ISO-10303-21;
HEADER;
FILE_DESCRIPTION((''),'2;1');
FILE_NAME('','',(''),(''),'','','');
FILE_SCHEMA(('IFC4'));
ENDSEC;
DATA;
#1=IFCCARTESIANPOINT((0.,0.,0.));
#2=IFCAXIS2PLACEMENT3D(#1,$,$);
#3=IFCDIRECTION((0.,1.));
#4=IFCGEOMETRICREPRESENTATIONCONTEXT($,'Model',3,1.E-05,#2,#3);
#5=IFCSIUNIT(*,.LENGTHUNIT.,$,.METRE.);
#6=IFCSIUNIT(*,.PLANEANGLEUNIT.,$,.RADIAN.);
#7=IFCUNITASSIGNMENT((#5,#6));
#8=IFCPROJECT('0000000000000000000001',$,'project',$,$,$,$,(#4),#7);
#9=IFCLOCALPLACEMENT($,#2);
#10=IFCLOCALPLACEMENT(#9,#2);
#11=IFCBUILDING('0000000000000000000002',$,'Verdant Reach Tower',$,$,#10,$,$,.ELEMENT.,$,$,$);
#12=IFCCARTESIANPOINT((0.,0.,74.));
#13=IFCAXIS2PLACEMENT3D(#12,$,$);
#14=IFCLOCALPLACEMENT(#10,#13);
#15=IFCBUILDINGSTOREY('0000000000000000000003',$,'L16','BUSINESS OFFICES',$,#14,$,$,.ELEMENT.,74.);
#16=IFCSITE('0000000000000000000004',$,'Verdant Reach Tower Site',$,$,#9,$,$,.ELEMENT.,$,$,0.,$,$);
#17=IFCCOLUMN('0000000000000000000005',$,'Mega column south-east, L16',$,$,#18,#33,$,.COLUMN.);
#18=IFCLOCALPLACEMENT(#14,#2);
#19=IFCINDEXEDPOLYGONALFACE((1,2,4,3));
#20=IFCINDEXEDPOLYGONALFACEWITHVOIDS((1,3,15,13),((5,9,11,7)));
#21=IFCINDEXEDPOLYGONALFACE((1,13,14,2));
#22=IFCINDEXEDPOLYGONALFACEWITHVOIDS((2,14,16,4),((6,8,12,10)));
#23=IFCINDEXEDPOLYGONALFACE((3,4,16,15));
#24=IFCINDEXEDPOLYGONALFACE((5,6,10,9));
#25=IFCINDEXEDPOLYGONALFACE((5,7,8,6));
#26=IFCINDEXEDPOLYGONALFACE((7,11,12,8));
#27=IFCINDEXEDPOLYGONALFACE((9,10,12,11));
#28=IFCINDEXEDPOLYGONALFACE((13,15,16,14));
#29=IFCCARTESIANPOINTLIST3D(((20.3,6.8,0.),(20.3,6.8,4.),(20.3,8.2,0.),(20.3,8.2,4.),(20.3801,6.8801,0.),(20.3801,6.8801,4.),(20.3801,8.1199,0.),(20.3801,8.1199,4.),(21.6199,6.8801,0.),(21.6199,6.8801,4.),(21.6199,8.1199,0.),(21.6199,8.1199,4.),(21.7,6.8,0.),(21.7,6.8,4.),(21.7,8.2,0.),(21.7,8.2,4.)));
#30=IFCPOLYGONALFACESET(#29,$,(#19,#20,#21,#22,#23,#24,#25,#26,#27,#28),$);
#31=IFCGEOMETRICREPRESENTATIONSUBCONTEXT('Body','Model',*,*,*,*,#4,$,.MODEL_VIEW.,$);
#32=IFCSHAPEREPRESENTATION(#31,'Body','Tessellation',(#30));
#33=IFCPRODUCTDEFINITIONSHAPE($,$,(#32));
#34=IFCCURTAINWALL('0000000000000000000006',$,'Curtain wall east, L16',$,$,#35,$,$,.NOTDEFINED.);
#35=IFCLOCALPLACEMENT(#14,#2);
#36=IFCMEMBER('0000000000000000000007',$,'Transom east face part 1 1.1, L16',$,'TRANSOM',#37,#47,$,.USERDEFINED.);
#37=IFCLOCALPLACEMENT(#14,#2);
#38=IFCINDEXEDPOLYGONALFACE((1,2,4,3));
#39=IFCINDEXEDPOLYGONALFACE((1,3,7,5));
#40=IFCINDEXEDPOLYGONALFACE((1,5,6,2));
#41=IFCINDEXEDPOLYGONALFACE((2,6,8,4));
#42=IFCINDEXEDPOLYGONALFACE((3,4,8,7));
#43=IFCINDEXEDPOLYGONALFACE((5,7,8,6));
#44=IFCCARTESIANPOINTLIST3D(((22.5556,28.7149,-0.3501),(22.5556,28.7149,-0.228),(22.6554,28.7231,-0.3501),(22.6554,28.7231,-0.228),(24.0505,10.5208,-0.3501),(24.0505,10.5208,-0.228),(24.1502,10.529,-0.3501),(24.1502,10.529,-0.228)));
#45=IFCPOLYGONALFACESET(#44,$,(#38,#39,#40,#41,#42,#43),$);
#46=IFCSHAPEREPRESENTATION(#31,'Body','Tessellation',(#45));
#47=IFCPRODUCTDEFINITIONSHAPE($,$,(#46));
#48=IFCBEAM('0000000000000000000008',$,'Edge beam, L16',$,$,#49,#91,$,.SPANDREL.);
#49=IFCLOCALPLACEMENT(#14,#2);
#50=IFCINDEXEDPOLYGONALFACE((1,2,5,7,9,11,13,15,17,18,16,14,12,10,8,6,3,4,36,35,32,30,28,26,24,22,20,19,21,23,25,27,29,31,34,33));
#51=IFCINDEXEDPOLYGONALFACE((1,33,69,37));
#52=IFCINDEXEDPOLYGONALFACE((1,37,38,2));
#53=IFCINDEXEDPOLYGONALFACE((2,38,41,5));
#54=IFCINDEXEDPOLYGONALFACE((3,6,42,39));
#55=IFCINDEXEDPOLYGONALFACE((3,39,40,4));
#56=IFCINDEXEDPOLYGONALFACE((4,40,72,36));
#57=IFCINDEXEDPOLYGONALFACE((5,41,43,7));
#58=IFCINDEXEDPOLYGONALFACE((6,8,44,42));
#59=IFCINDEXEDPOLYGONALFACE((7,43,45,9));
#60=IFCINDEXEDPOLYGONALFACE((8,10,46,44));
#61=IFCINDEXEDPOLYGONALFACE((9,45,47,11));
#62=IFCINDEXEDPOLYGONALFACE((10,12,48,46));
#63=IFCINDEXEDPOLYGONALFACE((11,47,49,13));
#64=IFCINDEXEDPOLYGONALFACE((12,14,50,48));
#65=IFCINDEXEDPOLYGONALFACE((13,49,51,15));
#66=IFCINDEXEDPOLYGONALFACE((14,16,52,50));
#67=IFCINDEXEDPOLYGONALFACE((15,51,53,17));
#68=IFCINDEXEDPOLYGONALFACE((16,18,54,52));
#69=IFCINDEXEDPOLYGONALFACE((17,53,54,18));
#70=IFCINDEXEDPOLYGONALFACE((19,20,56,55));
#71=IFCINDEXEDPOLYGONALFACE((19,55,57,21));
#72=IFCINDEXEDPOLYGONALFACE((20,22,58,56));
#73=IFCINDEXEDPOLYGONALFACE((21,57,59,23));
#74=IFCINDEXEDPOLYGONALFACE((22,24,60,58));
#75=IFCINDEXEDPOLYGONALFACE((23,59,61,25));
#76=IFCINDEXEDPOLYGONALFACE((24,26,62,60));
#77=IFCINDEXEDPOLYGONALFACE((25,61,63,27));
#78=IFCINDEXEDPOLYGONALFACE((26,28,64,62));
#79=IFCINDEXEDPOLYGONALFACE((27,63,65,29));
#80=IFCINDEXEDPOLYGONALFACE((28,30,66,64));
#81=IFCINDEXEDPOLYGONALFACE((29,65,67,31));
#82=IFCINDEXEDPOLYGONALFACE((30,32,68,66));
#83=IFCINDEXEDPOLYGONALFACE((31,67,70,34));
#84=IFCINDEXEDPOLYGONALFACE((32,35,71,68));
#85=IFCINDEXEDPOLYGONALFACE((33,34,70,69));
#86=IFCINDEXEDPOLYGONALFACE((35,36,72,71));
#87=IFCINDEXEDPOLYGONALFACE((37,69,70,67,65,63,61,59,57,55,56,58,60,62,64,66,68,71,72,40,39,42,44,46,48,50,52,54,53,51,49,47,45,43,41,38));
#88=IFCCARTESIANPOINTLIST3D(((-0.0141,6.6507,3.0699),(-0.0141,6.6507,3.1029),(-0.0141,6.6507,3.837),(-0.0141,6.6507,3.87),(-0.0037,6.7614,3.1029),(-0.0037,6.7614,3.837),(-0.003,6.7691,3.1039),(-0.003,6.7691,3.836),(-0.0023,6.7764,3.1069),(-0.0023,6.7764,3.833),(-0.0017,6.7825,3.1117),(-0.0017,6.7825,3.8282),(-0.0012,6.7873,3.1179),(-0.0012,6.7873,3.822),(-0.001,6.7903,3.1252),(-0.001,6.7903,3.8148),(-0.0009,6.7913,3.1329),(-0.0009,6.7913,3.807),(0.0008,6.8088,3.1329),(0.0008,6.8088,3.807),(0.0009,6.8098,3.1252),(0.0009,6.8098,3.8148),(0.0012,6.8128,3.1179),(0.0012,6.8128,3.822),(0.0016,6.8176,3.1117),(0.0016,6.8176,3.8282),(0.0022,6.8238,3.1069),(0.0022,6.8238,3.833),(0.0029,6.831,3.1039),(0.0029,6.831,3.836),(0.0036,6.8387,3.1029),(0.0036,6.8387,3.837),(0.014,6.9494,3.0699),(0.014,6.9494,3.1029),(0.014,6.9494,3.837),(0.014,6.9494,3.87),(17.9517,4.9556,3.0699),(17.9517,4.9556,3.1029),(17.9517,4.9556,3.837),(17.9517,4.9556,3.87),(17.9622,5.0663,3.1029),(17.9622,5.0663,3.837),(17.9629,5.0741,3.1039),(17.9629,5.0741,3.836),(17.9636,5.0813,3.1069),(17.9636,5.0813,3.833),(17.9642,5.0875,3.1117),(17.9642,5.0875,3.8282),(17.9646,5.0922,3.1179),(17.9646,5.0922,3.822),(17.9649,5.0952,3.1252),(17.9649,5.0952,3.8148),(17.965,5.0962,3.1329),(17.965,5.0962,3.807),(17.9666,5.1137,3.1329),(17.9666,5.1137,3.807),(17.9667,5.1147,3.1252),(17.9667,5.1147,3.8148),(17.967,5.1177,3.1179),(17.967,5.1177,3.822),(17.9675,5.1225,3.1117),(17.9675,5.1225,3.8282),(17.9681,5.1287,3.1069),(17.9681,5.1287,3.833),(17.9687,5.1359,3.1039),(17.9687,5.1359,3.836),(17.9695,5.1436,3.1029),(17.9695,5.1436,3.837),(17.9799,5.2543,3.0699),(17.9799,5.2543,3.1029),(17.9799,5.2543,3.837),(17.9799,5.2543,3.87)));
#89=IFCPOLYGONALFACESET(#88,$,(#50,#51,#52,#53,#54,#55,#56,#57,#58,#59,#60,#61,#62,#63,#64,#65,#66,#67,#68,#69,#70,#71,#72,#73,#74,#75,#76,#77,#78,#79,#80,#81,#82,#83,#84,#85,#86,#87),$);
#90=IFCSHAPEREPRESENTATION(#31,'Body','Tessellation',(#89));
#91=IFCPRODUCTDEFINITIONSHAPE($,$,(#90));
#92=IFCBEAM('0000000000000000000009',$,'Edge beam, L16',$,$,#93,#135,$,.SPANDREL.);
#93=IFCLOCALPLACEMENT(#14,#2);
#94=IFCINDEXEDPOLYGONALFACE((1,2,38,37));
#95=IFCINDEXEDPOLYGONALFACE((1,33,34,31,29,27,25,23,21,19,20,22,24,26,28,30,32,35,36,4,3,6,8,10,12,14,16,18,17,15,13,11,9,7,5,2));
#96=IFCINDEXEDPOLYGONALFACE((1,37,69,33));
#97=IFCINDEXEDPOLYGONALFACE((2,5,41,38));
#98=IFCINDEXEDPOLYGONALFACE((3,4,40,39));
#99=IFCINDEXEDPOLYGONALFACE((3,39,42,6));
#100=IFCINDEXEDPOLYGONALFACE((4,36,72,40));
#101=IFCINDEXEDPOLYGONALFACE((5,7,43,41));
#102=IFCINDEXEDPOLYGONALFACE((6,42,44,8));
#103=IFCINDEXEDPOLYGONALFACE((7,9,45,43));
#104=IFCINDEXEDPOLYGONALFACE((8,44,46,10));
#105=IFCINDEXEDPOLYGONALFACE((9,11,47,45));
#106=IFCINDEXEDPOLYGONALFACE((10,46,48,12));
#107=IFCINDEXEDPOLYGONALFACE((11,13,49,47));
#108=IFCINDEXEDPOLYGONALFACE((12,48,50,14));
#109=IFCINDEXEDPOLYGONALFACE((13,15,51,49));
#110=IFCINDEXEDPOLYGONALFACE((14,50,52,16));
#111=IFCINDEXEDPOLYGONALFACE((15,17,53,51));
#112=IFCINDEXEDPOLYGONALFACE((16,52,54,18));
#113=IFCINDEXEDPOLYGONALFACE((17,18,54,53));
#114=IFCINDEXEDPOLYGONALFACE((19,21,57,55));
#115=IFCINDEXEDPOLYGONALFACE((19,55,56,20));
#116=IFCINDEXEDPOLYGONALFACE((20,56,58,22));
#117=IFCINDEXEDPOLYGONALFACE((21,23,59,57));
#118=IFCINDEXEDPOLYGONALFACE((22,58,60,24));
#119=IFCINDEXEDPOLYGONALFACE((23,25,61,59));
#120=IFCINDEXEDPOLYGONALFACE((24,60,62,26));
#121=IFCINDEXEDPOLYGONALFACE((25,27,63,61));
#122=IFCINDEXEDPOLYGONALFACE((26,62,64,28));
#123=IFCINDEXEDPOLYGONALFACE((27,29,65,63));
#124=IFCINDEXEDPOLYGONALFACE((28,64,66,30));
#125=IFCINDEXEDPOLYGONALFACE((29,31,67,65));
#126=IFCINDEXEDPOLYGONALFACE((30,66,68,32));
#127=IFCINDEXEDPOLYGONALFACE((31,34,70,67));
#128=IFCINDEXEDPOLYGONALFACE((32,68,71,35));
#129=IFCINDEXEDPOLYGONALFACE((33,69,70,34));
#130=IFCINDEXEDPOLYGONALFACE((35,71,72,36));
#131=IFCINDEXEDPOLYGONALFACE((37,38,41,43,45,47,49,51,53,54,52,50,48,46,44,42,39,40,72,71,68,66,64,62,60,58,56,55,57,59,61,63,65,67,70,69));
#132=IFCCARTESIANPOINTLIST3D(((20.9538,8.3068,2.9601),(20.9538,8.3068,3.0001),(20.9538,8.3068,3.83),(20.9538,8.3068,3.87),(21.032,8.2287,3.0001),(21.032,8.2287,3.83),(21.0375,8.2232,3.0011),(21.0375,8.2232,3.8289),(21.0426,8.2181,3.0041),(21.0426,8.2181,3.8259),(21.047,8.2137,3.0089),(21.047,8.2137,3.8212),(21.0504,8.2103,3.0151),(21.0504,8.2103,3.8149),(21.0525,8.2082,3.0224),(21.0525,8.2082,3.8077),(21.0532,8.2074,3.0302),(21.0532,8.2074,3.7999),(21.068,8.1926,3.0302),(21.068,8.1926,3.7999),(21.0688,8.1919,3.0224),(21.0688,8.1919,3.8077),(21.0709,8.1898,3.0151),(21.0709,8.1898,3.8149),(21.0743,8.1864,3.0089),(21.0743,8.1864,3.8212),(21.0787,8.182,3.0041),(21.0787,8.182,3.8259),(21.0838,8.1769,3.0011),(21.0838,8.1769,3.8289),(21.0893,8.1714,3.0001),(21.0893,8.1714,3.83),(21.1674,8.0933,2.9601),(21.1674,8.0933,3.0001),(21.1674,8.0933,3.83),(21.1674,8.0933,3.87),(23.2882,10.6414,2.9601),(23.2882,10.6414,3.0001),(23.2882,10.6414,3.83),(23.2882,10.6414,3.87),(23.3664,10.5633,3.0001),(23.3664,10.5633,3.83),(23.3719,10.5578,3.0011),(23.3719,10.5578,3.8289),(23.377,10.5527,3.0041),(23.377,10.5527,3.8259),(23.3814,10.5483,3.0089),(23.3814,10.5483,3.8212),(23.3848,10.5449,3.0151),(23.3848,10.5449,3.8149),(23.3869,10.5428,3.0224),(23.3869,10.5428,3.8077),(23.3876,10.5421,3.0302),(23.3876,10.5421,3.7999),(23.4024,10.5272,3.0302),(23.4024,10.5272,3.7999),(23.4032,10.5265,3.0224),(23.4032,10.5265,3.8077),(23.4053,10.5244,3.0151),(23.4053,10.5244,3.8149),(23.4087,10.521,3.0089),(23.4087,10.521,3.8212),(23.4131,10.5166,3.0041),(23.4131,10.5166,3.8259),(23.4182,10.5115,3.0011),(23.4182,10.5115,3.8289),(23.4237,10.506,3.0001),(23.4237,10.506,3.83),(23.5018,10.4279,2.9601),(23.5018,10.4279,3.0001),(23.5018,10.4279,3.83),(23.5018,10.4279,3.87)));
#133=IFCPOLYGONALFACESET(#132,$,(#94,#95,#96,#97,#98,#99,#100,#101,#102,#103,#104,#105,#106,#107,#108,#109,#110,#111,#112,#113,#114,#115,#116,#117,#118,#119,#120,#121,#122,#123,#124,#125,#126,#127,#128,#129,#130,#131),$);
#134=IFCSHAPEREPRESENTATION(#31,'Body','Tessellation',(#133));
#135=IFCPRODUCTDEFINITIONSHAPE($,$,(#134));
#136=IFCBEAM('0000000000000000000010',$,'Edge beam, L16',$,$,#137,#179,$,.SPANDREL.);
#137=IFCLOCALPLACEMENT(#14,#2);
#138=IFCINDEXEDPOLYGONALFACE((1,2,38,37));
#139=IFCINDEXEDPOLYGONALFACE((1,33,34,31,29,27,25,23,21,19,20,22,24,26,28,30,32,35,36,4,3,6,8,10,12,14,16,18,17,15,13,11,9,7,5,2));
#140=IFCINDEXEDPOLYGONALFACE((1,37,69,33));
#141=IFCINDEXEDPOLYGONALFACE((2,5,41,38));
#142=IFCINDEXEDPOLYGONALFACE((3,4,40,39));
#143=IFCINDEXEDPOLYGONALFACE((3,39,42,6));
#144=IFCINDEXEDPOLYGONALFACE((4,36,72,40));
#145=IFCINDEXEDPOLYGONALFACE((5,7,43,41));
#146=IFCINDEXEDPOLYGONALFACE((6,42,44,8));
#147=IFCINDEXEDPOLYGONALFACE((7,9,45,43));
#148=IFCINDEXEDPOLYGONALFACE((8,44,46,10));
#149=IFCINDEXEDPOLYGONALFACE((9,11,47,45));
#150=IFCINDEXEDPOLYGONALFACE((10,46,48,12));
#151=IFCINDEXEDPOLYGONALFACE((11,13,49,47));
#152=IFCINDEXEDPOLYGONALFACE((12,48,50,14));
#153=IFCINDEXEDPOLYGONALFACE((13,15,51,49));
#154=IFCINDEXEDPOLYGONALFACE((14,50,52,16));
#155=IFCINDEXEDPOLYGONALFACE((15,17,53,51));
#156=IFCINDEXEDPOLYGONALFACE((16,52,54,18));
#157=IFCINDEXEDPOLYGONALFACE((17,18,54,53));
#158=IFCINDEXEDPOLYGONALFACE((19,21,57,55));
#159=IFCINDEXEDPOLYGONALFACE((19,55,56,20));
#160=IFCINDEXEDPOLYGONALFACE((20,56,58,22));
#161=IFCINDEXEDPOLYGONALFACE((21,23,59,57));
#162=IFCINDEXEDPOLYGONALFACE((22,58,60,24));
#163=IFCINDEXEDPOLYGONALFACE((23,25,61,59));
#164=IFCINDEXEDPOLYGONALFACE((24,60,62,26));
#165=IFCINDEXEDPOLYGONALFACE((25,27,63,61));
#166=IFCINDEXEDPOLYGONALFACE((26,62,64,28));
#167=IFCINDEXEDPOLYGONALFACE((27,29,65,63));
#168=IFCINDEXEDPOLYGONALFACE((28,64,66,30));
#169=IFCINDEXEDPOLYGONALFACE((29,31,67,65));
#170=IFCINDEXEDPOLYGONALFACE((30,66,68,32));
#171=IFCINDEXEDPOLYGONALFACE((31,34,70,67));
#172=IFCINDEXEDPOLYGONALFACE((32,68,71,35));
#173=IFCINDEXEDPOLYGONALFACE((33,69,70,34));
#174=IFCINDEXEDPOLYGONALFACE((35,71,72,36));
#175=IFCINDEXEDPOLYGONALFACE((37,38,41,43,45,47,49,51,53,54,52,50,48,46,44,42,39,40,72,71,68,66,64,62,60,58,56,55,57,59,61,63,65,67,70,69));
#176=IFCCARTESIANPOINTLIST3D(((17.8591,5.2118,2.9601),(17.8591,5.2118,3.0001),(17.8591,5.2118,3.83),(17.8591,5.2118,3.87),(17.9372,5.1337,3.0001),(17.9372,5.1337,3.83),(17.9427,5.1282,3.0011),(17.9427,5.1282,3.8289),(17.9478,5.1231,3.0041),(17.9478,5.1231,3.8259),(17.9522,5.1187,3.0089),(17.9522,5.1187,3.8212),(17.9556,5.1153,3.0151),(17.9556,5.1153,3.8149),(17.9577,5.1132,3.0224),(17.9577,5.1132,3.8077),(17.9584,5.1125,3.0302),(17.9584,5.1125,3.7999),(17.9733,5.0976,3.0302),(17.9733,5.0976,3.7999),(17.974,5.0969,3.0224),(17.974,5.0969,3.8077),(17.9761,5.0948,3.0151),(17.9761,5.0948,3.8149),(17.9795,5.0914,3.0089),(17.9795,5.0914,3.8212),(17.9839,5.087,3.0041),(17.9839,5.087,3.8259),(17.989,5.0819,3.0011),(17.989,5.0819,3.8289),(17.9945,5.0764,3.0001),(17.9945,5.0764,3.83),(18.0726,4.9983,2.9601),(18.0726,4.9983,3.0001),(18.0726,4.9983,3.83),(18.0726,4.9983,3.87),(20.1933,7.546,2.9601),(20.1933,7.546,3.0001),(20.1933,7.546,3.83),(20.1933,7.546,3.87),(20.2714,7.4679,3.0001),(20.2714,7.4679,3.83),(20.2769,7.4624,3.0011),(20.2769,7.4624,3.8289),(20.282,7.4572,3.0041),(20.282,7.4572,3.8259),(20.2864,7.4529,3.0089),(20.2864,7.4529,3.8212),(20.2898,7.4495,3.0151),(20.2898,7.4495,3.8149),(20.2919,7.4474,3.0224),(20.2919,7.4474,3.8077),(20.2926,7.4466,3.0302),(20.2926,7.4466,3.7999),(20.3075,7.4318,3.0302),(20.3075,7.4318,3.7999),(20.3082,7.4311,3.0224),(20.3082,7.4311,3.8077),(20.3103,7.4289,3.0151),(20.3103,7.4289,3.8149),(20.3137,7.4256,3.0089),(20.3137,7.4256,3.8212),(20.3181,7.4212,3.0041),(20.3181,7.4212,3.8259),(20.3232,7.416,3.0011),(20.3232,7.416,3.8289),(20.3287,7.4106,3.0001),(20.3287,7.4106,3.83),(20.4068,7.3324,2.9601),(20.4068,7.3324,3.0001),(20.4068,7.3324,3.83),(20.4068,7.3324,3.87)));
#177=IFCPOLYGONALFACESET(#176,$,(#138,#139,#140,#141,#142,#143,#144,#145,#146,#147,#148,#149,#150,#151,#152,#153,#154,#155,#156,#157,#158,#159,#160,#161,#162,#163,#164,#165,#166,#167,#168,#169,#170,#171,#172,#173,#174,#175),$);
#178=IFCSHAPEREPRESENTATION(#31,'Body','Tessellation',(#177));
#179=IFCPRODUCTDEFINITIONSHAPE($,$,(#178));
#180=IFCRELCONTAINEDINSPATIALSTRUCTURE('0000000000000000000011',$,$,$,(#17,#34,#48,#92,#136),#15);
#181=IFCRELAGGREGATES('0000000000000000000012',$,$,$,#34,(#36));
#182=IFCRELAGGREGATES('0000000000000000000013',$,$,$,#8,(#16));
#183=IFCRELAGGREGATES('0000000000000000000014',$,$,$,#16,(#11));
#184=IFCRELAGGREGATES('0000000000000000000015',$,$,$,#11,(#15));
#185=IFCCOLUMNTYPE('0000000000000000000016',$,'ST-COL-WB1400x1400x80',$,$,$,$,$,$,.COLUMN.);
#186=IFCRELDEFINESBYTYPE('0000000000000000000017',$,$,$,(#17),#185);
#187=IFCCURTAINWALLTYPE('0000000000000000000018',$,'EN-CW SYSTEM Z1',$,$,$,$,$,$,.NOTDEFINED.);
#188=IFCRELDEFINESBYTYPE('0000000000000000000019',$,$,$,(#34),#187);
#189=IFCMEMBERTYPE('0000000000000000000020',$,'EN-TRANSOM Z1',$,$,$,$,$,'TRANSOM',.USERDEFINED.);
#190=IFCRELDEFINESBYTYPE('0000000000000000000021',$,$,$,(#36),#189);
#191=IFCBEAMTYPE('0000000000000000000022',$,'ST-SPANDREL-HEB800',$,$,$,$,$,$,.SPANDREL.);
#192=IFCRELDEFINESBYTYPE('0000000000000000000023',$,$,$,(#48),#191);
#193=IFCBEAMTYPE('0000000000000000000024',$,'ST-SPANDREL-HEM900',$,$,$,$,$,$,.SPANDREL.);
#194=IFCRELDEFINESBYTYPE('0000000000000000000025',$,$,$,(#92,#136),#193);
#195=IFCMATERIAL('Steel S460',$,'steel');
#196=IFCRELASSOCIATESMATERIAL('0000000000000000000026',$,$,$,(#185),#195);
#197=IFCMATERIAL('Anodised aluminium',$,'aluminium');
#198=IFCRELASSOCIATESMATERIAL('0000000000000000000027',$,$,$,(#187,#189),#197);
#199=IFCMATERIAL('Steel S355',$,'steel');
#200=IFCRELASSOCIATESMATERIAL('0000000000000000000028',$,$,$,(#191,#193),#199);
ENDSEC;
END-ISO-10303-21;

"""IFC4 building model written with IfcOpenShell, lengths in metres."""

from ifc_helpers import new_model, si_unit, direction, frame, origin, origin_2d, place, context, subcontext, project, spatial, rectangle, hollow_rectangle, i_section, extrude, material, material_profile, profile_set, type_object, element, aggregate, save


model = new_model("IFC4")

# Units and contexts
model_context = context("Model", 3, precision=1e-05, world=origin(), true_north=direction((0.0, 1.0)))
body_context = subcontext(model_context, "Body", "Model", "MODEL_VIEW")
ifc_project = project(units=[si_unit("LENGTHUNIT", "METRE"), si_unit("PLANEANGLEUNIT", "RADIAN")], contexts=[model_context])

# Site, building, storey
site_placement = place(None, origin())
site = spatial("IfcSite", under=ifc_project, at=site_placement, Name="Verdant Reach Tower Site", CompositionType="ELEMENT", RefElevation=0.0)
building_placement = place(site_placement, origin())
building = spatial("IfcBuilding", under=site, at=building_placement, Name="Verdant Reach Tower", CompositionType="ELEMENT")
storey_placement = place(building_placement, frame((0.0, 0.0, 74.0)))
storey = spatial("IfcBuildingStorey", under=building, at=storey_placement, Name="L16", Description="BUSINESS OFFICES", CompositionType="ELEMENT", Elevation=74.0)

# Column
ifc_material_1 = material(Name="Steel S460", Category="steel")
ifc_material_profile_1 = material_profile(ifc_material_1, hollow_rectangle(XDim=1.3999, YDim=1.3999, WallThickness=0.0801, at=origin_2d()), Name="WB 1400x1400x80")
ifc_profile_set_1 = profile_set([ifc_material_profile_1], Name="Steel S460")
column_type = type_object("IfcColumnType", Name="ST-COL-WB1400x1400x80", PredefinedType="COLUMN", material=ifc_profile_set_1)
column_placement = place(storey_placement, frame((21.0, 7.5, 0.0), z_axis=(0.0, 0.0, 1.0), x_axis=(1.0, 0.0, 0.0)))
element("IfcColumn", 1, at=column_placement, inside=storey, type_object=column_type, Name="Mega column south-east, L16", PredefinedType="COLUMN", context=body_context, shape_type="SweptSolid", body=[
    extrude(hollow_rectangle(XDim=1.3999, YDim=1.3999, WallThickness=0.0801, at=origin_2d()), origin(), (0.0, 0.0, 1.0), 4.0),
])

# Curtain wall, member
ifc_material_2 = material(Name="Anodised aluminium", Category="aluminium")
curtain_wall_type = type_object("IfcCurtainWallType", Name="EN-CW SYSTEM Z1", PredefinedType="NOTDEFINED", material=ifc_material_2)
curtain_wall_1_placement = place(storey_placement, origin())
curtain_wall_1 = element("IfcCurtainWall", 2, at=curtain_wall_1_placement, inside=storey, type_object=curtain_wall_type, Name="Curtain wall east, L16", PredefinedType="NOTDEFINED")
ifc_material_profile_2 = material_profile(ifc_material_2, rectangle(XDim=0.1001, YDim=0.1221, at=origin_2d()), Name="Transom 122x100")
ifc_profile_set_2 = profile_set([ifc_material_profile_2], Name="Anodised aluminium")
member_type = type_object("IfcMemberType", Name="EN-TRANSOM Z1", ElementType="TRANSOM", PredefinedType="USERDEFINED", material=ifc_profile_set_2)
member_placement = place(storey_placement, frame((24.1003, 10.5249, -0.2891), z_axis=(-0.081887, 0.996642, 0.0), x_axis=(-0.996642, -0.081887, 0.0)))
member = element("IfcMember", 3, at=member_placement, type_object=member_type, Name="Transom east face part 1 1.1, L16", ObjectType="TRANSOM", PredefinedType="USERDEFINED", context=body_context, shape_type="SweptSolid", body=[
    extrude(rectangle(XDim=0.1001, YDim=0.1221, at=origin_2d()), origin(), (0.0, 0.0, 1.0), 18.2554),
])

# Beams
ifc_material_3 = material(Name="Steel S355", Category="steel")
ifc_material_profile_3 = material_profile(ifc_material_3, i_section(OverallWidth=0.3, OverallDepth=0.8, WebThickness=0.0176, FlangeThickness=0.033, FilletRadius=0.03, at=origin_2d()), Name="HEB 800")
ifc_profile_set_3 = profile_set([ifc_material_profile_3], Name="Steel S355")
beam_type_1 = type_object("IfcBeamType", Name="ST-SPANDREL-HEB800", PredefinedType="SPANDREL", material=ifc_profile_set_3)
beam_1_placement = place(storey_placement, frame((17.9658, 5.105, 3.47), z_axis=(-0.995579, 0.093932, 0.0), x_axis=(-0.093932, -0.995579, 0.0)))
element("IfcBeam", 4, at=beam_1_placement, inside=storey, type_object=beam_type_1, Name="Edge beam, L16", PredefinedType="SPANDREL", context=body_context, shape_type="SweptSolid", body=[
    extrude(i_section(OverallWidth=0.3, OverallDepth=0.8, WebThickness=0.0176, FlangeThickness=0.033, FilletRadius=0.03, at=origin_2d()), origin(), (0.0, 0.0, 1.0), 18.0457),
])
ifc_material_profile_4 = material_profile(ifc_material_3, i_section(OverallWidth=0.302, OverallDepth=0.9099, WebThickness=0.021, FlangeThickness=0.04, FilletRadius=0.03, at=origin_2d()), Name="HEM 900")
ifc_profile_set_4 = profile_set([ifc_material_profile_4], Name="Steel S355")
beam_type_2 = type_object("IfcBeamType", Name="ST-SPANDREL-HEM900", PredefinedType="SPANDREL", material=ifc_profile_set_4)
beam_2_placement = place(storey_placement, frame((23.395, 10.5347, 3.415), z_axis=(-0.70707, -0.707144, 0.0), x_axis=(0.707144, -0.70707, 0.0)))
element("IfcBeam", 5, at=beam_2_placement, inside=storey, type_object=beam_type_2, Name="Edge beam, L16", PredefinedType="SPANDREL", context=body_context, shape_type="SweptSolid", body=[
    extrude(i_section(OverallWidth=0.302, OverallDepth=0.9099, WebThickness=0.021, FlangeThickness=0.04, FilletRadius=0.03, at=origin_2d()), origin(), (0.0, 0.0, 1.0), 3.3015),
])
beam_3_placement = place(storey_placement, frame((20.3, 7.4392, 3.415), z_axis=(-0.707107, -0.707107, 0.0), x_axis=(0.707107, -0.707107, 0.0)))
element("IfcBeam", 6, at=beam_3_placement, inside=storey, type_object=beam_type_2, Name="Edge beam, L16", PredefinedType="SPANDREL", context=body_context, shape_type="SweptSolid", body=[
    extrude(i_section(OverallWidth=0.302, OverallDepth=0.9099, WebThickness=0.021, FlangeThickness=0.04, FilletRadius=0.03, at=origin_2d()), origin(), (0.0, 0.0, 1.0), 3.301),
])

aggregate(curtain_wall_1, [member])

save(model, "model.ifc")
